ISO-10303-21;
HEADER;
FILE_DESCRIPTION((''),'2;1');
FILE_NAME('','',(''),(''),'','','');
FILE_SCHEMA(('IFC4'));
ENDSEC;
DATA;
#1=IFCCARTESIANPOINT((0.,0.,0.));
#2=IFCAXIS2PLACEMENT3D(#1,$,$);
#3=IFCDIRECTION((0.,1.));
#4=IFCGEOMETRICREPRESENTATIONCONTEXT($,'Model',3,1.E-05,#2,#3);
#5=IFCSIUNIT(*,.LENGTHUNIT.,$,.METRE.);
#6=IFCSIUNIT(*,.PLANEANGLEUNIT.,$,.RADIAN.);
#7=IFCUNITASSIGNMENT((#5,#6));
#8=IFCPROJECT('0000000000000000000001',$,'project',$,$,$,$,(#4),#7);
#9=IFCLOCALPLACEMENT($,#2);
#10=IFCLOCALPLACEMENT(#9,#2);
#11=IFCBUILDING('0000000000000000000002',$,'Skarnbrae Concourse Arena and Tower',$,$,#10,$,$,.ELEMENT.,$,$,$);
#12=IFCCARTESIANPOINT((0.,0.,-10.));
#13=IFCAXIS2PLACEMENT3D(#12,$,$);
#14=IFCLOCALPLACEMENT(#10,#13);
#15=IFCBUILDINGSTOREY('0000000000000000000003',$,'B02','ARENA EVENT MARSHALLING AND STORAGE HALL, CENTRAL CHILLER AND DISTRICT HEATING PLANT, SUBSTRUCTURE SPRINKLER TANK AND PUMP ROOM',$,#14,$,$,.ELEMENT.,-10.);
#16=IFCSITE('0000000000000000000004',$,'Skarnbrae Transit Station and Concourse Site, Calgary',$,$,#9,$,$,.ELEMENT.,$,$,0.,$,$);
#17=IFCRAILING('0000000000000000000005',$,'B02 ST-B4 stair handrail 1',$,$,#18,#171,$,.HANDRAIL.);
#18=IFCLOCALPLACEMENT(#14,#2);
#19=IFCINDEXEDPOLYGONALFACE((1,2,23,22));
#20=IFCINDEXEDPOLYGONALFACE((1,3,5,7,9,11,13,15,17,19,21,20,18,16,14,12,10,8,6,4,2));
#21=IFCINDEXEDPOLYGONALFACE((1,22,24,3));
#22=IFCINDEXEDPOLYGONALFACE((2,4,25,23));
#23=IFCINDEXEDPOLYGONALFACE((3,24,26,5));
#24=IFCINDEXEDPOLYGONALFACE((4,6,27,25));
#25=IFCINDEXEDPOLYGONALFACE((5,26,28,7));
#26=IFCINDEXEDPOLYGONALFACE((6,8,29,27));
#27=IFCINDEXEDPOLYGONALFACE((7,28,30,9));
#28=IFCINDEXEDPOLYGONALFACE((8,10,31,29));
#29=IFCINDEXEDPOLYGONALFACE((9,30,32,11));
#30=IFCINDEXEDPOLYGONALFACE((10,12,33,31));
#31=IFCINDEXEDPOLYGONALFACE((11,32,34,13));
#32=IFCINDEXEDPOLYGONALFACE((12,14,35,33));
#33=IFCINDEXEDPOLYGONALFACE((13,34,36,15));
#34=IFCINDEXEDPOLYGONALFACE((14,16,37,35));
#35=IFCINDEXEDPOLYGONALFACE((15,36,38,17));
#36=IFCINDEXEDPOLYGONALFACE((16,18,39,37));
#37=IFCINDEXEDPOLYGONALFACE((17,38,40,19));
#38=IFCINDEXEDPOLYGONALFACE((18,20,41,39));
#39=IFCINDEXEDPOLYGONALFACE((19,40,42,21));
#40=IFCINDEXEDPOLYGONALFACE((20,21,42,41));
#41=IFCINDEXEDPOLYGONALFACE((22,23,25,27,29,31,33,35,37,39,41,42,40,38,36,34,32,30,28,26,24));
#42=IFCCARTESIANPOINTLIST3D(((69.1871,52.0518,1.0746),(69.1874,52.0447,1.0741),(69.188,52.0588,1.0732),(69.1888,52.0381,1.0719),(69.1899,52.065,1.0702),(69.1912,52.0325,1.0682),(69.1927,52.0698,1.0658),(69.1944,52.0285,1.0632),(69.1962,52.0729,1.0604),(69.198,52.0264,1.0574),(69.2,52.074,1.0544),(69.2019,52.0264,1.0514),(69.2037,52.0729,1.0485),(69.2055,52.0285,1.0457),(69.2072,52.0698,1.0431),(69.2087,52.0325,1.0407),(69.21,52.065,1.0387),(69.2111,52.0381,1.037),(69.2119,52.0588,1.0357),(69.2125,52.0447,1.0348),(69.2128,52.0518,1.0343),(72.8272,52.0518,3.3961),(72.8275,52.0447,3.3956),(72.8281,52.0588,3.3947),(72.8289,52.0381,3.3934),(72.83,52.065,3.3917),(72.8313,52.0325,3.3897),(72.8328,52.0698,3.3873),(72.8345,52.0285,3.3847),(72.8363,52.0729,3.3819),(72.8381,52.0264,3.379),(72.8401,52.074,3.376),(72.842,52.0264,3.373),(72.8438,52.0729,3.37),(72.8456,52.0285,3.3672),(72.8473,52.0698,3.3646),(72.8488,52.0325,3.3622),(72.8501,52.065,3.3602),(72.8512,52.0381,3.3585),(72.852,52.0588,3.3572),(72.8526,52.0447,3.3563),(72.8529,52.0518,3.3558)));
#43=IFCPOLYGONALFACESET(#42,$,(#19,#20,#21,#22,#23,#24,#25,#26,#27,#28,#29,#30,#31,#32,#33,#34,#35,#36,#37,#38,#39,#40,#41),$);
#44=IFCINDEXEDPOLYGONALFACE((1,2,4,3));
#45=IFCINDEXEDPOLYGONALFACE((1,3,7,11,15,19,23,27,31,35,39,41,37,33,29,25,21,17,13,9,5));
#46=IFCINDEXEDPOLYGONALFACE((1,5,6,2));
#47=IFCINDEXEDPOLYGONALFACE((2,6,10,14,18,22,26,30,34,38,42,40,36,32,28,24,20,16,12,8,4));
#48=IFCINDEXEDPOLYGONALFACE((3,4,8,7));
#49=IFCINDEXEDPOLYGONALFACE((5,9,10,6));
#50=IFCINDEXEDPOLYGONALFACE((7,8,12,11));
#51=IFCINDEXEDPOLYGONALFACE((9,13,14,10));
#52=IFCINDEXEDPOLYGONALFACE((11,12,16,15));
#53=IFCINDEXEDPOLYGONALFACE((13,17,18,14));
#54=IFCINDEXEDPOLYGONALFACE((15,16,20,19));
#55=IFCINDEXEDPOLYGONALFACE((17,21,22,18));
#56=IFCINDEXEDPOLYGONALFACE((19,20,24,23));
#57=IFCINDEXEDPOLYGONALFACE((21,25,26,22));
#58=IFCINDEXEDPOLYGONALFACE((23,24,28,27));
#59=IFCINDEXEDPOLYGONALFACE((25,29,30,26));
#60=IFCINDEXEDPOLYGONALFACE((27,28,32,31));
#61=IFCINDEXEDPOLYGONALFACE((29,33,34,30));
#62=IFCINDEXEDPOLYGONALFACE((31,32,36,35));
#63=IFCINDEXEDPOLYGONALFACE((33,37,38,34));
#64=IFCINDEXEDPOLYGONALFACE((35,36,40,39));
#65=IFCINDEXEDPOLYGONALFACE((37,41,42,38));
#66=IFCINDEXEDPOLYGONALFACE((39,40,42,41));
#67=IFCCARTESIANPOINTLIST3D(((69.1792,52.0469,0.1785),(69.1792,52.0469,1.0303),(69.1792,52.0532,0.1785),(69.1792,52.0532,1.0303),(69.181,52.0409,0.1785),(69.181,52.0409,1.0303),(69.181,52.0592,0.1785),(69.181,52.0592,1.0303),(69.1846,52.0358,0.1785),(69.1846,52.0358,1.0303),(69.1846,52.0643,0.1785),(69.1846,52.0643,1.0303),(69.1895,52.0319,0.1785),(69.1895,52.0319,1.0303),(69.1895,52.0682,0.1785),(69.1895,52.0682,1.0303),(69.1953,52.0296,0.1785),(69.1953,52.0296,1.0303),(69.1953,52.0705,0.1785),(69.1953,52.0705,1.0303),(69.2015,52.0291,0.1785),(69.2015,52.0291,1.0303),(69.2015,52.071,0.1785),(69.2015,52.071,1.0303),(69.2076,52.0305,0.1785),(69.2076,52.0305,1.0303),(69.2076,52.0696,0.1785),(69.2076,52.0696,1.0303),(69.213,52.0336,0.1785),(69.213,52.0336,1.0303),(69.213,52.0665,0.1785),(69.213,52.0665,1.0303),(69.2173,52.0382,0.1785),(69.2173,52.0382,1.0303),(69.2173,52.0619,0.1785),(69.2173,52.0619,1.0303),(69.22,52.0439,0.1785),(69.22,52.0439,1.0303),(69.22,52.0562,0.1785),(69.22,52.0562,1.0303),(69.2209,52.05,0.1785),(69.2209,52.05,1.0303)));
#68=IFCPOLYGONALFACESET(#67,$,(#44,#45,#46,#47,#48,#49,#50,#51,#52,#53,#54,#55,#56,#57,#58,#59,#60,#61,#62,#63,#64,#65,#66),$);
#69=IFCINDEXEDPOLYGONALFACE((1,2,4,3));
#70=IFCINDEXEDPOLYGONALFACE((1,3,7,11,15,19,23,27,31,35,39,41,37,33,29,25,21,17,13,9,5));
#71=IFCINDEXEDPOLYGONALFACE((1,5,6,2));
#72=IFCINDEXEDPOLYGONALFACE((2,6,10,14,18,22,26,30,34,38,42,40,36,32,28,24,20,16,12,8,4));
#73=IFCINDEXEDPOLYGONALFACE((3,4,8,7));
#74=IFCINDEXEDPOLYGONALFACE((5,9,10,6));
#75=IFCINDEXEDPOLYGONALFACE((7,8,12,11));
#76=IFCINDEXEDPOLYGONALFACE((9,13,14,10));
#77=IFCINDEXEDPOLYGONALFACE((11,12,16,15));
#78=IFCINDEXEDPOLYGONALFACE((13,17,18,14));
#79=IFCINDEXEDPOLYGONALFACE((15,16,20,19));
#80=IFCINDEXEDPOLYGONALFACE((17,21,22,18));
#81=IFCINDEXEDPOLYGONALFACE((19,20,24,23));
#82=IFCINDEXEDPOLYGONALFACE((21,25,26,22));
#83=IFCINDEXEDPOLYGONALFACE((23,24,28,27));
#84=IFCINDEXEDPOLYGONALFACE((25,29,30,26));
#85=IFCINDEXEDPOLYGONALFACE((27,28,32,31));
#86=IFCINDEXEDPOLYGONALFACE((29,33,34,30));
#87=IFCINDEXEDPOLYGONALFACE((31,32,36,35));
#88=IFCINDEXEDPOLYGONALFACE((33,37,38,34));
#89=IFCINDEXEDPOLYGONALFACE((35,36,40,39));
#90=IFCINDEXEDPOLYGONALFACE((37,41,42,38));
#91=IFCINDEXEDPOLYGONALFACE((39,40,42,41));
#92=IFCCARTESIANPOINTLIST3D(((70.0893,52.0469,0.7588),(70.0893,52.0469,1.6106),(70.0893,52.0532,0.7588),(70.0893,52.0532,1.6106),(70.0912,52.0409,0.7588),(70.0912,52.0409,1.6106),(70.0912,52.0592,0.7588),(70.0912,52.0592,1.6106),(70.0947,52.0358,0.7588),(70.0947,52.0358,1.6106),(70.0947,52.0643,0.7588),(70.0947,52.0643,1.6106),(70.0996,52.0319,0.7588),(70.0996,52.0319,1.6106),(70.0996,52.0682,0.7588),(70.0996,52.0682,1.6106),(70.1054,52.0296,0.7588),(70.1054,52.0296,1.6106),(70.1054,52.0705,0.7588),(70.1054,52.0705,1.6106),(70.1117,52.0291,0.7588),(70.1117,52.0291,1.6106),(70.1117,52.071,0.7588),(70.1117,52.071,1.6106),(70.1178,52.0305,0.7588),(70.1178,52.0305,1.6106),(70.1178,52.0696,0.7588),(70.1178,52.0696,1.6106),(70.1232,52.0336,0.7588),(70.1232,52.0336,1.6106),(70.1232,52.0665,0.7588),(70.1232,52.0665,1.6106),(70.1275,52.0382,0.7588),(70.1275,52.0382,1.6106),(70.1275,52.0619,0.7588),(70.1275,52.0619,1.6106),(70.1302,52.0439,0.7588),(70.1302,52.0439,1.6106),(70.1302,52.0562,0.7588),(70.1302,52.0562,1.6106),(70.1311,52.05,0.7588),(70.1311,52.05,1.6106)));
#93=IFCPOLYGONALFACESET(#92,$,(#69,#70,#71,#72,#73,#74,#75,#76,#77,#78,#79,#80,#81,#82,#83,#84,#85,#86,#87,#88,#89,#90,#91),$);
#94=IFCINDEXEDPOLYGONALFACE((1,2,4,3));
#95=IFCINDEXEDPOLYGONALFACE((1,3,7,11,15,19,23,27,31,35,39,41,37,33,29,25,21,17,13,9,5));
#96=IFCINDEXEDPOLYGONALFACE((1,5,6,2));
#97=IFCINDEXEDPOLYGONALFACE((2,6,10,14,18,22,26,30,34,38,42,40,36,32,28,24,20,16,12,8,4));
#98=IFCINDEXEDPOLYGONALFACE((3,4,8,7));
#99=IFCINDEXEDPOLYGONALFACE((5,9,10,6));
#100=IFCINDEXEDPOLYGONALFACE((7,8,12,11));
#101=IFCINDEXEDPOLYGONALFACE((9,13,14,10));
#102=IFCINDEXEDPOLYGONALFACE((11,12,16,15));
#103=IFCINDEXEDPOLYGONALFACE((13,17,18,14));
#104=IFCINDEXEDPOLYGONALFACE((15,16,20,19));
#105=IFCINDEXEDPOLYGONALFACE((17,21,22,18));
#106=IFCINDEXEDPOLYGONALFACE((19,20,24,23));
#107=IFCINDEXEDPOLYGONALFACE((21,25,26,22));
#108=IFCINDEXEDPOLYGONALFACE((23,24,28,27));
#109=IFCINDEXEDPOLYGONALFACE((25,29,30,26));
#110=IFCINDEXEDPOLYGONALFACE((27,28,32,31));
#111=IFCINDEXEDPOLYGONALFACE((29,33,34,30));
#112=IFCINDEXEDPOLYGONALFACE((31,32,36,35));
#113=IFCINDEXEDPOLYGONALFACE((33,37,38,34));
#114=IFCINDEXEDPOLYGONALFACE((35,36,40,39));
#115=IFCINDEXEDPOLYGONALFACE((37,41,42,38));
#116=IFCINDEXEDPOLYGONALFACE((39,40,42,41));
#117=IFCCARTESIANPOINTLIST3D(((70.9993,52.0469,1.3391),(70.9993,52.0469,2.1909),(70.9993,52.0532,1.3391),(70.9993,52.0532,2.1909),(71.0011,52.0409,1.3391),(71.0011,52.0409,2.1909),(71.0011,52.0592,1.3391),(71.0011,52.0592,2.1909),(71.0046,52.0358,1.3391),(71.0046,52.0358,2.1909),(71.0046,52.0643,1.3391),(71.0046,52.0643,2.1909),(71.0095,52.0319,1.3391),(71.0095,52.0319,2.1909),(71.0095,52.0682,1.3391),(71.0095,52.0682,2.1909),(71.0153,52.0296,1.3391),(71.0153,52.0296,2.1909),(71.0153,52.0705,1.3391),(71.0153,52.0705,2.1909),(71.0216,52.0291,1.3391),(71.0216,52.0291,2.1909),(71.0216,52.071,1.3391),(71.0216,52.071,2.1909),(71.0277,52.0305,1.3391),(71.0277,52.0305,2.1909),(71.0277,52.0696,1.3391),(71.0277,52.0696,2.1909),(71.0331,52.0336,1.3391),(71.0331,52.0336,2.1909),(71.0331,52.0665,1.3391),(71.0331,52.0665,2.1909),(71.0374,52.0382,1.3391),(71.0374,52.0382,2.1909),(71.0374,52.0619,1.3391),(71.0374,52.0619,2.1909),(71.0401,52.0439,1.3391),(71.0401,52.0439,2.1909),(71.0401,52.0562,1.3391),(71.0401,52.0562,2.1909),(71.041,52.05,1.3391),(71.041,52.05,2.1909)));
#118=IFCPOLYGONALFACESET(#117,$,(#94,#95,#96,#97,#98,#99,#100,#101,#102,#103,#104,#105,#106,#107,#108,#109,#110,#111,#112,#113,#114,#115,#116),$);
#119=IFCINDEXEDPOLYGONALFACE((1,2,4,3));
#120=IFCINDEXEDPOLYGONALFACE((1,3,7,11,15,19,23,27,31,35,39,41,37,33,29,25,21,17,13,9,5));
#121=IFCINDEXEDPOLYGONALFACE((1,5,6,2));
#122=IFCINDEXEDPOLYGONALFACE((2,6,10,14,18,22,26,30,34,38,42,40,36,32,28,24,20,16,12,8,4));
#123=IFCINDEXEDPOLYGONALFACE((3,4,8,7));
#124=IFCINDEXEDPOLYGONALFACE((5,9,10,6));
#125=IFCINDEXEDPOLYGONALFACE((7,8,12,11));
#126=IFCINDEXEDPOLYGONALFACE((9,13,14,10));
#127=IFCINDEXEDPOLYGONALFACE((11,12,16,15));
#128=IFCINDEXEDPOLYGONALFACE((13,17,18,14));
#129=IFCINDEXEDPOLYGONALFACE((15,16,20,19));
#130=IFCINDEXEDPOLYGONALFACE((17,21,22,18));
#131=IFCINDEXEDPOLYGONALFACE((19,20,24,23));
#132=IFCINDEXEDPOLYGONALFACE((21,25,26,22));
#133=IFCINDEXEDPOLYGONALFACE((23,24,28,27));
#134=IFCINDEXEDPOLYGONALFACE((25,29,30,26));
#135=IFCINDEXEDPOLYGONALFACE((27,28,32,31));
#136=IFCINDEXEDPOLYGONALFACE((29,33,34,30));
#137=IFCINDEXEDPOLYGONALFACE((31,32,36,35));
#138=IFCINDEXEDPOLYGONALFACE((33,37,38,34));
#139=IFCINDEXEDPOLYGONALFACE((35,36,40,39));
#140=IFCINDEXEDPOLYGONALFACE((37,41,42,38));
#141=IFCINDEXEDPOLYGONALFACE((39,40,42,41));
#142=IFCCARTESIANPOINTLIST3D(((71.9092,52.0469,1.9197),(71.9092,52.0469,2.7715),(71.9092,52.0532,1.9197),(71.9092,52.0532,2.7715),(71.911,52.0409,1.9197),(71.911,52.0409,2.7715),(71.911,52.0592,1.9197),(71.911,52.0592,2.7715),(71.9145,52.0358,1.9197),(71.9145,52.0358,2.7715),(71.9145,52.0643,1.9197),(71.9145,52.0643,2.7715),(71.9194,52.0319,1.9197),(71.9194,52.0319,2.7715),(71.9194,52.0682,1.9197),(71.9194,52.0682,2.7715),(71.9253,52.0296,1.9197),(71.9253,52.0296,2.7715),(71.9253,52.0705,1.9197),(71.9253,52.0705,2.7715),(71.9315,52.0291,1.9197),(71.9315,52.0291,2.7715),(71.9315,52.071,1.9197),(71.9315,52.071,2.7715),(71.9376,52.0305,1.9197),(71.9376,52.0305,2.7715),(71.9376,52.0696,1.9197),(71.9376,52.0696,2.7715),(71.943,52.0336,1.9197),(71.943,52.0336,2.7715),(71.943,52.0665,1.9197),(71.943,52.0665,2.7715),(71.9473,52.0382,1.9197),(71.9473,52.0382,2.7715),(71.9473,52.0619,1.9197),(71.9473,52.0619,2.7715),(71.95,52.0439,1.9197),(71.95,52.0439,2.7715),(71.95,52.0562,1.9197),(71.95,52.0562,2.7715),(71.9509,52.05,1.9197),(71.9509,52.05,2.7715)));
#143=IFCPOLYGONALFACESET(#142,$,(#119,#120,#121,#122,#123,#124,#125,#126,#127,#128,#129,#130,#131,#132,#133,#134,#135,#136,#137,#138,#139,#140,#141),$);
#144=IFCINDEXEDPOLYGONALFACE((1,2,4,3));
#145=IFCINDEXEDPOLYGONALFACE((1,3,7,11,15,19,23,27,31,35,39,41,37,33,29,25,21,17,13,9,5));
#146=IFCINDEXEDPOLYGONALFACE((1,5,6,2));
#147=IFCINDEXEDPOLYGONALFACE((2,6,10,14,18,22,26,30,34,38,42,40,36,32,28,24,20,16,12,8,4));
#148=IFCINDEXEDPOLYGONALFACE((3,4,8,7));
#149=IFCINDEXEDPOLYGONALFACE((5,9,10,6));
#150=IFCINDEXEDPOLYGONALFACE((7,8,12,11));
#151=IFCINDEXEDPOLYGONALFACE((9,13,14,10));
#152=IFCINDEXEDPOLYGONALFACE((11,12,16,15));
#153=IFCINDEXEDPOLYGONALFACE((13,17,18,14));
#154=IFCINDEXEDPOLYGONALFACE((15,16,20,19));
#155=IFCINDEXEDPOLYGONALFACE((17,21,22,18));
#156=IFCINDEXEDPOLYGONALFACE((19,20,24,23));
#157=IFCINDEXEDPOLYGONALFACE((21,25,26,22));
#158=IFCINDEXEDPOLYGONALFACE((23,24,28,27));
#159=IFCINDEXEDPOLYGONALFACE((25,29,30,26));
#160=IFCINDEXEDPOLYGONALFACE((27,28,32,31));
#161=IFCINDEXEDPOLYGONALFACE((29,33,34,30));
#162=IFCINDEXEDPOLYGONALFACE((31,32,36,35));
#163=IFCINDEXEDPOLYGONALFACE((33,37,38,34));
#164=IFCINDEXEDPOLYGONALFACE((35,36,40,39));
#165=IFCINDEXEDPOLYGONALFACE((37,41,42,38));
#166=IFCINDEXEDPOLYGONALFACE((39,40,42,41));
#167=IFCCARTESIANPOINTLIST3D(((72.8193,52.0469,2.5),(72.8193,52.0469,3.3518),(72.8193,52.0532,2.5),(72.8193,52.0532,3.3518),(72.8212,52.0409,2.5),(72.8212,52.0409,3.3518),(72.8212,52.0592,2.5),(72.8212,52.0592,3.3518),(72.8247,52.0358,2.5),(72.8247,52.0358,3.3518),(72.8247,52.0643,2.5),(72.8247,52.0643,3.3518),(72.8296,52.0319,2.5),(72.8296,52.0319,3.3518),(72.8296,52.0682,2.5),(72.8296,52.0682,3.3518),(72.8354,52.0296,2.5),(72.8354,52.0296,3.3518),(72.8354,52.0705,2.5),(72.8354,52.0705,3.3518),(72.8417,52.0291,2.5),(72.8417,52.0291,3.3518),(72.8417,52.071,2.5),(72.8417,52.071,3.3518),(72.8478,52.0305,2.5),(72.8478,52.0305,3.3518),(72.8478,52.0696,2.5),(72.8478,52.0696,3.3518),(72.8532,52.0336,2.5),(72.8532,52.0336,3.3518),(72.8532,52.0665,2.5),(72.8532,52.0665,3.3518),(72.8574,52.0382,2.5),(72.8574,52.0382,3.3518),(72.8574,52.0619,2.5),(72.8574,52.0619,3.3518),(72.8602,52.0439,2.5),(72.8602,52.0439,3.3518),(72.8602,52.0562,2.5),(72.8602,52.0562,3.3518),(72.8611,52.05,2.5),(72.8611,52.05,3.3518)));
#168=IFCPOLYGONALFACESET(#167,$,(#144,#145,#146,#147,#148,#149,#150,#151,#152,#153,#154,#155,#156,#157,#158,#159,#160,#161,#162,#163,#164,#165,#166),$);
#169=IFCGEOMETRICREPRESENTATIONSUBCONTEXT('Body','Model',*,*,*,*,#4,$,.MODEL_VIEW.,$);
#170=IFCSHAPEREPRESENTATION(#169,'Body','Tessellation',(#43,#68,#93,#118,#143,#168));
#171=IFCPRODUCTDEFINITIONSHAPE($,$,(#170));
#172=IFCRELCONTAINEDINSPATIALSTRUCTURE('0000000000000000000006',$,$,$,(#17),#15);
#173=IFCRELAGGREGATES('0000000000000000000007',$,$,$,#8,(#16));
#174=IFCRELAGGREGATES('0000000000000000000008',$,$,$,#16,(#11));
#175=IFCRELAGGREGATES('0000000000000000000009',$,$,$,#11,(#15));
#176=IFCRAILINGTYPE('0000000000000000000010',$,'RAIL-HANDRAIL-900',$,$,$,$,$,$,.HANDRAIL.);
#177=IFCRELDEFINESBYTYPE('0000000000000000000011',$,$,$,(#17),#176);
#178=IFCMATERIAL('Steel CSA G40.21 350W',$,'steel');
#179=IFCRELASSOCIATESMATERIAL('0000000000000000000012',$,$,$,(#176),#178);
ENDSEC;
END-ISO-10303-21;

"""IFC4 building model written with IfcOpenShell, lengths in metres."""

from ifc_helpers import new_model, si_unit, direction, frame, origin, origin_2d, place, context, subcontext, project, spatial, circle, extrude, material, type_object, element, save


model = new_model("IFC4")

# Units and contexts
model_context = context("Model", 3, precision=1e-05, world=origin(), true_north=direction((0.0, 1.0)))
body_context = subcontext(model_context, "Body", "Model", "MODEL_VIEW")
ifc_project = project(units=[si_unit("LENGTHUNIT", "METRE"), si_unit("PLANEANGLEUNIT", "RADIAN")], contexts=[model_context])

# Site, building, storey
site_placement = place(None, origin())
site = spatial("IfcSite", under=ifc_project, at=site_placement, Name="Skarnbrae Transit Station and Concourse Site, Calgary", CompositionType="ELEMENT", RefElevation=0.0)
building_placement = place(site_placement, origin())
building = spatial("IfcBuilding", under=site, at=building_placement, Name="Skarnbrae Concourse Arena and Tower", CompositionType="ELEMENT")
storey_placement = place(building_placement, frame((0.0, 0.0, -10.0)))
storey = spatial("IfcBuildingStorey", under=building, at=storey_placement, Name="B02", Description="ARENA EVENT MARSHALLING AND STORAGE HALL, CENTRAL CHILLER AND DISTRICT HEATING PLANT, SUBSTRUCTURE SPRINKLER TANK AND PUMP ROOM", CompositionType="ELEMENT", Elevation=-10.0)

# Shared definitions
ifc_material_1 = material(Name="Steel CSA G40.21 350W", Category="steel")

# Railing
railing_type_1 = type_object("IfcRailingType", Name="RAIL-HANDRAIL-900", PredefinedType="HANDRAIL", material=ifc_material_1)
railing_1_placement = place(storey_placement, frame((69.2, 52.05, 0.1785)))
element("IfcRailing", 1, at=railing_1_placement, inside=storey, type_object=railing_type_1, Name="B02 ST-B4 stair handrail 1", PredefinedType="HANDRAIL", context=body_context, shape_type="SweptSolid", body=[
    extrude(circle(Radius=0.0239, at=origin_2d()), frame((0.0, 0.0, 0.876), z_axis=(0.843128, 0.0, 0.537713), x_axis=(0.0, 1.0, 0.0)), (0.0, 0.0, 1.0), 4.3174),
    extrude(circle(Radius=0.021, at=origin_2d()), origin(), (0.0, 0.0, 1.0), 0.8518),
    extrude(circle(Radius=0.021, at=origin_2d()), frame((0.9102, 0.0, 0.5803)), (0.0, 0.0, 1.0), 0.8518),
    extrude(circle(Radius=0.021, at=origin_2d()), frame((1.8201, 0.0, 1.1606)), (0.0, 0.0, 1.0), 0.8518),
    extrude(circle(Radius=0.021, at=origin_2d()), frame((2.73, 0.0, 1.7412)), (0.0, 0.0, 1.0), 0.8518),
    extrude(circle(Radius=0.021, at=origin_2d()), frame((3.6401, 0.0, 2.3215)), (0.0, 0.0, 1.0), 0.8518),
])

save(model, "model.ifc")
